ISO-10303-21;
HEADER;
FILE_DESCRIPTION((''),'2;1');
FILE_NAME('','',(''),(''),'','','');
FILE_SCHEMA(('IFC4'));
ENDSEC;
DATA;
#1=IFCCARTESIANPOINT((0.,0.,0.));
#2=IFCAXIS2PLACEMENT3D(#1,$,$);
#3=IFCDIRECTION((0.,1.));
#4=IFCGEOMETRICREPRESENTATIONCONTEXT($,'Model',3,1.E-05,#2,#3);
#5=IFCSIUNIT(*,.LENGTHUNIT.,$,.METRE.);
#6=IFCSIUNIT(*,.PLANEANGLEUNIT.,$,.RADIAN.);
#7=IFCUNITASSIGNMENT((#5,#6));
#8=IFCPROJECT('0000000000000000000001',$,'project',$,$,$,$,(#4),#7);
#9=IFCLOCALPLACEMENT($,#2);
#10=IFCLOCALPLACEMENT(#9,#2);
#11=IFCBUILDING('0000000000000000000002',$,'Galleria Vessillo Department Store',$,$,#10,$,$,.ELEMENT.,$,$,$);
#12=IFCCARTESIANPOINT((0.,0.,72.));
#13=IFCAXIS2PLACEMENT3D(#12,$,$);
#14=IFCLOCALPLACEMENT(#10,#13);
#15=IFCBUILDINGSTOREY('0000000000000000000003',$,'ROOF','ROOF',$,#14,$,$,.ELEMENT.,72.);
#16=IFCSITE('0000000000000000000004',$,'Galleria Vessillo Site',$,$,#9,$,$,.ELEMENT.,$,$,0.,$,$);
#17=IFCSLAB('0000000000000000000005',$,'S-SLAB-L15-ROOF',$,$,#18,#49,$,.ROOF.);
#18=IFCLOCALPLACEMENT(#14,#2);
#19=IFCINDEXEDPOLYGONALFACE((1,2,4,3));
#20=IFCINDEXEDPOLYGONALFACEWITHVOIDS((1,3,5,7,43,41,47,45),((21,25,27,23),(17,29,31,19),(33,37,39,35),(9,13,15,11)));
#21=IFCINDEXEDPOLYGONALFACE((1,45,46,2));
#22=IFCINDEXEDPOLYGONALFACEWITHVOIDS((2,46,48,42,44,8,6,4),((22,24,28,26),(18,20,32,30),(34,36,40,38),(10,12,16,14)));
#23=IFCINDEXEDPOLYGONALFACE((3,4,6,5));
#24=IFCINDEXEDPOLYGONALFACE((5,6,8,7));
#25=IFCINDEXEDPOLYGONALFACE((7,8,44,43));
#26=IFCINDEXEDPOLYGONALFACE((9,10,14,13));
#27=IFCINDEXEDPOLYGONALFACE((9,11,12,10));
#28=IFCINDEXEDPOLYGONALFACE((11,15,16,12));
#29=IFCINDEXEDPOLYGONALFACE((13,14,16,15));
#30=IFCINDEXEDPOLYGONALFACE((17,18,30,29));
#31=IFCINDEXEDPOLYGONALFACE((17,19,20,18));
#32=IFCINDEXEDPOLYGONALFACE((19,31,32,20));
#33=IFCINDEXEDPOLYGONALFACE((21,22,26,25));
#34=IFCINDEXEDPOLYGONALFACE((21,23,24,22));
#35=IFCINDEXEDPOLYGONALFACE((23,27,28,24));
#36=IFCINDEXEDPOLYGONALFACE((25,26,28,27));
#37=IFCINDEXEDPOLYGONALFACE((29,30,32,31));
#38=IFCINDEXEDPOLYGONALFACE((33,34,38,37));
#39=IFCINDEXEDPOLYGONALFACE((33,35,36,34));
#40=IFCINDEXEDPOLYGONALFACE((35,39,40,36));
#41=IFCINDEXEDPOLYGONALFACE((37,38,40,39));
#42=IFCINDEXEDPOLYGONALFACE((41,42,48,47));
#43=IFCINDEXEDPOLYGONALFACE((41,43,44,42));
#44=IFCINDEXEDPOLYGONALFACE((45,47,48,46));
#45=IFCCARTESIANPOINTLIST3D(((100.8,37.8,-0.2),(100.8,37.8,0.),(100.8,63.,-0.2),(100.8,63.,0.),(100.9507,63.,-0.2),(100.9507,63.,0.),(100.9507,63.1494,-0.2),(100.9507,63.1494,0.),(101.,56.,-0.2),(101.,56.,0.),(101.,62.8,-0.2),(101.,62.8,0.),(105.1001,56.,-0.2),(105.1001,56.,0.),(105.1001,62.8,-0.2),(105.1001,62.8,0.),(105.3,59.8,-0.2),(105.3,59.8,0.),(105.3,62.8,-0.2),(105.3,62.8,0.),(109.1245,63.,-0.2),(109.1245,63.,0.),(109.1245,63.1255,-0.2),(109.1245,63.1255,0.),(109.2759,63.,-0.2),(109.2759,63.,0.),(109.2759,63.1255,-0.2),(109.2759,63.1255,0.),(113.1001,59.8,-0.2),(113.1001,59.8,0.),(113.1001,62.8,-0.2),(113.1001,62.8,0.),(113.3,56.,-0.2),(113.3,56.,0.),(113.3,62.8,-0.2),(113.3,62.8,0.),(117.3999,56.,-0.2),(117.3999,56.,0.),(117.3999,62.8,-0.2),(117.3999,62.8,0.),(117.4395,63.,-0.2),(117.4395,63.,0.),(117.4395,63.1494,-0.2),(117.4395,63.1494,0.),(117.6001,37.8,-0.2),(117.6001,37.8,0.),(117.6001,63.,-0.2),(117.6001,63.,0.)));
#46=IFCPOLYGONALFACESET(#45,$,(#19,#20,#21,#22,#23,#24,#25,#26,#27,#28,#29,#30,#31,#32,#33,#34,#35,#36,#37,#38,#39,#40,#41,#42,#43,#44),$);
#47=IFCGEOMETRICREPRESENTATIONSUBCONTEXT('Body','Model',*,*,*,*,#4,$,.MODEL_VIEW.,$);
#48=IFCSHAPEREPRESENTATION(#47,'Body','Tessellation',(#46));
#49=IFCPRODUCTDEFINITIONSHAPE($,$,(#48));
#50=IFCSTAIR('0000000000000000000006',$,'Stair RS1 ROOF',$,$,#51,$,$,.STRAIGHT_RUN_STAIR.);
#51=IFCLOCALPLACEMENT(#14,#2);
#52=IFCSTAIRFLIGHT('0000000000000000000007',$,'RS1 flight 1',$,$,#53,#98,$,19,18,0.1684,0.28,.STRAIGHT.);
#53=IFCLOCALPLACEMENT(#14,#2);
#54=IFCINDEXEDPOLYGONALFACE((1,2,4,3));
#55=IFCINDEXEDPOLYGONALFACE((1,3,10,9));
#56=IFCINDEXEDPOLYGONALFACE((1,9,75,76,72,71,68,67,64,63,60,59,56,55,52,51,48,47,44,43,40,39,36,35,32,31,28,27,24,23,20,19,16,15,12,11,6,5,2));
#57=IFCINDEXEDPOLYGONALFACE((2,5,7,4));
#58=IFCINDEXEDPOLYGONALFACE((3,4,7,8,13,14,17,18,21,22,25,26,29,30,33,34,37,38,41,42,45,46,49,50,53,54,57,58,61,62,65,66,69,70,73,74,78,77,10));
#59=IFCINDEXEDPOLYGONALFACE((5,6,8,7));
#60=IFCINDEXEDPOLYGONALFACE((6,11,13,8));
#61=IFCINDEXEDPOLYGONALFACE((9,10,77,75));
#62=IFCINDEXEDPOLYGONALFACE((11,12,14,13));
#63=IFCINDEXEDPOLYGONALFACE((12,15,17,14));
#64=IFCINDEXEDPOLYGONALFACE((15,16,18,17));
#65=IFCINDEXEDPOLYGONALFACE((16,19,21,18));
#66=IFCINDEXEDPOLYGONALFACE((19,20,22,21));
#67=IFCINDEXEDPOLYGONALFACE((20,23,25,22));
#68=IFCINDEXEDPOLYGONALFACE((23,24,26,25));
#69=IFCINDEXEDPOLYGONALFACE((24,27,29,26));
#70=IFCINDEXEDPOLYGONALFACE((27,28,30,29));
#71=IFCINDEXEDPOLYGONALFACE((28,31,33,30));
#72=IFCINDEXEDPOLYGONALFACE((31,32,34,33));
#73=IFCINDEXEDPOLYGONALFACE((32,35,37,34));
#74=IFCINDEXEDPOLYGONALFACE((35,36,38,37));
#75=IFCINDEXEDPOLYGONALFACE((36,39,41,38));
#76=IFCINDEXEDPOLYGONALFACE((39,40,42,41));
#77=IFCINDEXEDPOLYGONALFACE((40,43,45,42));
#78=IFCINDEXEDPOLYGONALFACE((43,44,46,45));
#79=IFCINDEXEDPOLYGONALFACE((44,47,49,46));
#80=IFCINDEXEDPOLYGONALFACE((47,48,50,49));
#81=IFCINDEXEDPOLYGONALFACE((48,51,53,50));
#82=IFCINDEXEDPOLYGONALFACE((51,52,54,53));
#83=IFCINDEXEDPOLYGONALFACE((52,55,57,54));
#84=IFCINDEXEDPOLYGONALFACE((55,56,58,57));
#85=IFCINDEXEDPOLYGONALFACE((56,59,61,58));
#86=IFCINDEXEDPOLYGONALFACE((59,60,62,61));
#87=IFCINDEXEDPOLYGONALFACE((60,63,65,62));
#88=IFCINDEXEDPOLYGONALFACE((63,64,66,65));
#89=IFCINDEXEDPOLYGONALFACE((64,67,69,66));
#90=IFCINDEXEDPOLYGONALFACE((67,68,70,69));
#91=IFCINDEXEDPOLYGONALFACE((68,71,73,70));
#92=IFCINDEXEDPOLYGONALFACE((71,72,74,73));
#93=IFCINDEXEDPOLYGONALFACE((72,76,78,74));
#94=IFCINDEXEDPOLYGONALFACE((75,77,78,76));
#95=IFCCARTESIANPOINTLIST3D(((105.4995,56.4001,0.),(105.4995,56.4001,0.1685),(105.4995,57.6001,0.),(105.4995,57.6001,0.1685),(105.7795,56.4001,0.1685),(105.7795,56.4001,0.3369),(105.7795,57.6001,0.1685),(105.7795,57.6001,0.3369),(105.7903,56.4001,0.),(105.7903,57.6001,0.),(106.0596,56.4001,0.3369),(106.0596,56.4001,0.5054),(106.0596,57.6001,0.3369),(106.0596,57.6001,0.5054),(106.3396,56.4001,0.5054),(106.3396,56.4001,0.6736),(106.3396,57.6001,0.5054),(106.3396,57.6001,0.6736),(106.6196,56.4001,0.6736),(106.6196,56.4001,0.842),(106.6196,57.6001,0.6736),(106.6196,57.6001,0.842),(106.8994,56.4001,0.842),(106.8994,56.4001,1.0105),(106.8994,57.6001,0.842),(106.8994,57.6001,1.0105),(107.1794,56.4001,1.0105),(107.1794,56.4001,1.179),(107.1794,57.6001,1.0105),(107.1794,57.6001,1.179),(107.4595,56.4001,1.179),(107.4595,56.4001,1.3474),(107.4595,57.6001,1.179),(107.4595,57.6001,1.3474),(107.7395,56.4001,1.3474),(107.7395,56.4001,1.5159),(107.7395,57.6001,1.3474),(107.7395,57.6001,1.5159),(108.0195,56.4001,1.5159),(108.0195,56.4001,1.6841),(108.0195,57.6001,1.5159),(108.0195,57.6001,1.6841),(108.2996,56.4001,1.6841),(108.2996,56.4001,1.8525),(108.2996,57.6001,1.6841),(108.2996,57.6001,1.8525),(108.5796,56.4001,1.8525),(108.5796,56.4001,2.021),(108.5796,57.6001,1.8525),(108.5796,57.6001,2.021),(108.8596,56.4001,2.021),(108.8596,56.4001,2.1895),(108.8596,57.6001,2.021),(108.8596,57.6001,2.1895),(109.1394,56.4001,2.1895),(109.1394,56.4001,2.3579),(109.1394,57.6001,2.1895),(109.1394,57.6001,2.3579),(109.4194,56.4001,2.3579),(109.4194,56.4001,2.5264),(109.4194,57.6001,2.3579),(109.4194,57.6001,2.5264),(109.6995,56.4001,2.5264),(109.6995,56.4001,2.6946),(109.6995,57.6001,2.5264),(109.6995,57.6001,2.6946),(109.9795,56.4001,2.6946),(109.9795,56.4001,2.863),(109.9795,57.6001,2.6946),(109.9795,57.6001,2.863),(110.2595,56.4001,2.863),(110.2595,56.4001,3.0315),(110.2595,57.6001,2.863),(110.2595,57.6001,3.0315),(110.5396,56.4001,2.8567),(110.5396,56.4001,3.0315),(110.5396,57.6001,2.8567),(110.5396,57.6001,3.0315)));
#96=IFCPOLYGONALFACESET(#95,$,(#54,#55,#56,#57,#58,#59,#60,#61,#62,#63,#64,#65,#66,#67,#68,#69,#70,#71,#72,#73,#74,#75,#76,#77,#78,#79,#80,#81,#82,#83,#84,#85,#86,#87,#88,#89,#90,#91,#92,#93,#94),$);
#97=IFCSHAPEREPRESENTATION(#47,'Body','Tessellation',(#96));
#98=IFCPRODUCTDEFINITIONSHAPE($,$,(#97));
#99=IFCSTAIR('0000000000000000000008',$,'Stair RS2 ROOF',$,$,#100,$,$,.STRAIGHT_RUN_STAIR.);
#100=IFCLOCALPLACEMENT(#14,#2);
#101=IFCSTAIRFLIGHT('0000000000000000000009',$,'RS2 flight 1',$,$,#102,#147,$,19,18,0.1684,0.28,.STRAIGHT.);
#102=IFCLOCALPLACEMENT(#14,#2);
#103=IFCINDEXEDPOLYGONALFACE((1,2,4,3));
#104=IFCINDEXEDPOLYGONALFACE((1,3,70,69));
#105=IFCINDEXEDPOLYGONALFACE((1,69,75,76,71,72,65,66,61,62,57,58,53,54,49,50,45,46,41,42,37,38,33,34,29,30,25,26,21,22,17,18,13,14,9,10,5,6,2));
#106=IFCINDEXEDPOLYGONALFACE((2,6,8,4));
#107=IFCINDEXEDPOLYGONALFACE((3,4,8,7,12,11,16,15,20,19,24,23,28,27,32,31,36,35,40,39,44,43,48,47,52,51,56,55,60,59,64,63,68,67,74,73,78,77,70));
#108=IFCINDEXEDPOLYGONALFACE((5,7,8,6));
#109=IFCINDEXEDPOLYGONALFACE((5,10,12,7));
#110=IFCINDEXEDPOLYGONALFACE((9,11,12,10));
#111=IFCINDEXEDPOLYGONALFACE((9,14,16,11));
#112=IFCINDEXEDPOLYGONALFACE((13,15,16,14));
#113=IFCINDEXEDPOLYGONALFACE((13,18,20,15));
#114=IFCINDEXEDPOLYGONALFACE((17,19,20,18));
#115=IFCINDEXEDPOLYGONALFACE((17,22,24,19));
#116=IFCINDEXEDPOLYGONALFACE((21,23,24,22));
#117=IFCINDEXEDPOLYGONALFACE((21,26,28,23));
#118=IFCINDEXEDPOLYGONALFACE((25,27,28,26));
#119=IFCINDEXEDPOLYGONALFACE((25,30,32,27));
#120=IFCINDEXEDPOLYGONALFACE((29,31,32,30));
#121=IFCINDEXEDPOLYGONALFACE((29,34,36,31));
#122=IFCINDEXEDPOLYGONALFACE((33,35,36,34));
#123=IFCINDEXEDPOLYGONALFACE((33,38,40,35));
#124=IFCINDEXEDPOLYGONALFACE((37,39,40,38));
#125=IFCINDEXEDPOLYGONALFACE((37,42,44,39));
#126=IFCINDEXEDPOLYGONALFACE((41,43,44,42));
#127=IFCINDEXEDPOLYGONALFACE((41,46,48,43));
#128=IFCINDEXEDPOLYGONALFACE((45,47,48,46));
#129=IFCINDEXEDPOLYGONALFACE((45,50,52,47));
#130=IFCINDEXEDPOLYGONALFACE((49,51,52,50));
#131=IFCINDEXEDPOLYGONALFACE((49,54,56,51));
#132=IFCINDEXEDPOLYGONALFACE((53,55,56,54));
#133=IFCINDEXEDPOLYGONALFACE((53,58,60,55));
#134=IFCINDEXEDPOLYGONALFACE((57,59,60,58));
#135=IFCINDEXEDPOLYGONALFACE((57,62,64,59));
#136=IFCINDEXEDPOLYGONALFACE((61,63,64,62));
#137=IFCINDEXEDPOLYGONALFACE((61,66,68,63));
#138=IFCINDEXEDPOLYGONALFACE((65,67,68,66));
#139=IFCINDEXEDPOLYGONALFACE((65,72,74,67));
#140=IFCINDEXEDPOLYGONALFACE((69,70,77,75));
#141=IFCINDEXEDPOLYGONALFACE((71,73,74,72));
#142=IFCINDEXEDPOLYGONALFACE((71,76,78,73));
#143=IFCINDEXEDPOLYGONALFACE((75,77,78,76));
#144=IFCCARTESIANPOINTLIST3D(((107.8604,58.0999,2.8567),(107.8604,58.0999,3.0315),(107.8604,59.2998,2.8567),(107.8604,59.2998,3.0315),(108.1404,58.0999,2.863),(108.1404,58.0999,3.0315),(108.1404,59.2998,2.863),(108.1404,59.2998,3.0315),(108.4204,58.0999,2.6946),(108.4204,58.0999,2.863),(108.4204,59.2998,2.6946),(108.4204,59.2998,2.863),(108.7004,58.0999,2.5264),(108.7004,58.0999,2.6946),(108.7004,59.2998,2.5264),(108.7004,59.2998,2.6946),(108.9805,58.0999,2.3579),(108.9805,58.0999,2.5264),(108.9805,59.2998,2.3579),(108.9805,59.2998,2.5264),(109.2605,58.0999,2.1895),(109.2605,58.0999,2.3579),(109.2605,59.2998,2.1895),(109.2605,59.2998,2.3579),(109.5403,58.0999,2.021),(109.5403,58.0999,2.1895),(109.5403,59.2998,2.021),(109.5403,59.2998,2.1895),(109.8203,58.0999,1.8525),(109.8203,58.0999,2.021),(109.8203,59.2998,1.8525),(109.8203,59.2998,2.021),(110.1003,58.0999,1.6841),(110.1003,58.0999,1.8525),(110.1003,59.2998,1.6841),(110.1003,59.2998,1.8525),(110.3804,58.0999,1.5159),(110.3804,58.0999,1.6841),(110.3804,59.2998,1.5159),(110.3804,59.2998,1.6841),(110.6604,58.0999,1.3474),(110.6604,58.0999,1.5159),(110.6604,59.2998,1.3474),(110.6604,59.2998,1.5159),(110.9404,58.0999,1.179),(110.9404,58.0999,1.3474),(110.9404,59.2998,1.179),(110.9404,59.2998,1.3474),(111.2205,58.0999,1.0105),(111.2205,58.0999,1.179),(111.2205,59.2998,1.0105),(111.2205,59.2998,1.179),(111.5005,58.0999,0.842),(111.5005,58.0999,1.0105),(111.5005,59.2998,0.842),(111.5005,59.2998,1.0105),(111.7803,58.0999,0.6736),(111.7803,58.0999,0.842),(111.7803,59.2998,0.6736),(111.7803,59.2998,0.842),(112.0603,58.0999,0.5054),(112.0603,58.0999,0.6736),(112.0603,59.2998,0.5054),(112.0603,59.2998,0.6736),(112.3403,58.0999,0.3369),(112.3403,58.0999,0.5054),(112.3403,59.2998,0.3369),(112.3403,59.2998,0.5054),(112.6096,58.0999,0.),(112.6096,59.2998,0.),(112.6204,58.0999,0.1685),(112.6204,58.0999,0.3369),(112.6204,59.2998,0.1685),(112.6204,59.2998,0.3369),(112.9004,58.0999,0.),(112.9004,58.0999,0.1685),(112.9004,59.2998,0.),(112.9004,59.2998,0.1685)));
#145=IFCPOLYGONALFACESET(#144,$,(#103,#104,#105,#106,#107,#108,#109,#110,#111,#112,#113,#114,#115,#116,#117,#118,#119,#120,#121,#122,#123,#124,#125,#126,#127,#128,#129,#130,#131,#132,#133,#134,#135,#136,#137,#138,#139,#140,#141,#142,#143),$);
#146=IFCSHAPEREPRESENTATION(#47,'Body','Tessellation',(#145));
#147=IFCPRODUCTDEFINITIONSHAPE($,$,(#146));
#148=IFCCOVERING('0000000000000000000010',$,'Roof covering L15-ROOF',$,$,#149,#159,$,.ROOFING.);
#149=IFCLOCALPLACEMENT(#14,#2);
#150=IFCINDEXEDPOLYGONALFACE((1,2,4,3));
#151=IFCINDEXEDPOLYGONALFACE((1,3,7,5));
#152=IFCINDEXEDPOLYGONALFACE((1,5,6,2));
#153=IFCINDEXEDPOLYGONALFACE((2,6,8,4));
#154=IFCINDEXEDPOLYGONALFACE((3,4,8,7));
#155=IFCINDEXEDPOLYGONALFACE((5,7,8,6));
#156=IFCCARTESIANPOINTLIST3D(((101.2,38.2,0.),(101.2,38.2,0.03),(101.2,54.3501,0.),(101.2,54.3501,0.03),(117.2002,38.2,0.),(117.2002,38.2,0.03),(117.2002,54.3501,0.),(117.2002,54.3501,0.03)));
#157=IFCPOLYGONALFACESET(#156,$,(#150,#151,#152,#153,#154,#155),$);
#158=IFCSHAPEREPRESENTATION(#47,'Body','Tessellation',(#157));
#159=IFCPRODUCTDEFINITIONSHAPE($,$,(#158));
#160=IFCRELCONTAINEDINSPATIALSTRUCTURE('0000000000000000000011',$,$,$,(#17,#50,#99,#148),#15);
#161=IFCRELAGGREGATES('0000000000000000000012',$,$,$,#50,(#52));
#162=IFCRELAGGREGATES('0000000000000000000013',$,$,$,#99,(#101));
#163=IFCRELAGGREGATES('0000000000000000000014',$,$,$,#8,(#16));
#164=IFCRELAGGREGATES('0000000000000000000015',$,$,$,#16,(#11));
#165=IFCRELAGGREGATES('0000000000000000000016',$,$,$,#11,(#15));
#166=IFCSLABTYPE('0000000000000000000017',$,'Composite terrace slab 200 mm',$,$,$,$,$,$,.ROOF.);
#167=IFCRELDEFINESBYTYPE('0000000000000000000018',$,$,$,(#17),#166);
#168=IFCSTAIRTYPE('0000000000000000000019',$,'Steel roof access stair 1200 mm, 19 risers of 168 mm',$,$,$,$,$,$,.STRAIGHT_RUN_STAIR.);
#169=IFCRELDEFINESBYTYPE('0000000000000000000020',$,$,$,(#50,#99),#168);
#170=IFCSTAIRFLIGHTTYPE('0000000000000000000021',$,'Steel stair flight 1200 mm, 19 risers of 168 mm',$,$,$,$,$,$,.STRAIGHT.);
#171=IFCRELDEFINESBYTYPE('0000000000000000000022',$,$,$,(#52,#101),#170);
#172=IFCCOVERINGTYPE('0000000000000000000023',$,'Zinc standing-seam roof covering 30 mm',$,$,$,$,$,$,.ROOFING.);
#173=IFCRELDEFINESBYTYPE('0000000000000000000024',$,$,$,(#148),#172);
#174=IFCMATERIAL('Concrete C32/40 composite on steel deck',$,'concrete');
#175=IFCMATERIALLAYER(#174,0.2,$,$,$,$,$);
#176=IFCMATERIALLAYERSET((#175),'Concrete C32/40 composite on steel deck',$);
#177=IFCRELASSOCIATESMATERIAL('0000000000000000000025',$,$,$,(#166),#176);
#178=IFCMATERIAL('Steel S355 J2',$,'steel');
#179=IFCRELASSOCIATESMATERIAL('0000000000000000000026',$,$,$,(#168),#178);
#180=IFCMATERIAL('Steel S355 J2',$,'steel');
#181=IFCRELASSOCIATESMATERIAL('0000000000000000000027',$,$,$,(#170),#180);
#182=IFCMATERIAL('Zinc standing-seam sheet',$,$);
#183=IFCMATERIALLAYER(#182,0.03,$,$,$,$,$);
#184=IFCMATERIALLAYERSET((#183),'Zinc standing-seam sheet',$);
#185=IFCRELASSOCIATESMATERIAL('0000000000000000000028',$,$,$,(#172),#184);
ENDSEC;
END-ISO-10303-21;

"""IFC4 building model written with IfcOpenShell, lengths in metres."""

from ifc_helpers import new_model, si_unit, direction, frame, origin, place, context, subcontext, project, spatial, polyline, outline, extrude, material, layer, layer_set, type_object, element, aggregate, save


model = new_model("IFC4")

# Units and contexts
model_context = context("Model", 3, precision=1e-05, world=origin(), true_north=direction((0.0, 1.0)))
body_context = subcontext(model_context, "Body", "Model", "MODEL_VIEW")
ifc_project = project(units=[si_unit("LENGTHUNIT", "METRE"), si_unit("PLANEANGLEUNIT", "RADIAN")], contexts=[model_context])

# Site, building, storey
site_placement = place(None, origin())
site = spatial("IfcSite", under=ifc_project, at=site_placement, Name="Galleria Vessillo Site", CompositionType="ELEMENT", RefElevation=0.0)
building_placement = place(site_placement, origin())
building = spatial("IfcBuilding", under=site, at=building_placement, Name="Galleria Vessillo Department Store", CompositionType="ELEMENT")
storey_placement = place(building_placement, frame((0.0, 0.0, 72.0)))
storey = spatial("IfcBuildingStorey", under=building, at=storey_placement, Name="ROOF", Description="ROOF", CompositionType="ELEMENT", Elevation=72.0)

# Slab
ifc_material_1 = material(Name="Concrete C32/40 composite on steel deck", Category="concrete")
ifc_layer_1 = layer(ifc_material_1, 0.2)
ifc_layer_set_1 = layer_set([ifc_layer_1], Name="Concrete C32/40 composite on steel deck")
slab_type = type_object("IfcSlabType", Name="Composite terrace slab 200 mm", PredefinedType="ROOF", material=ifc_layer_set_1)
slab_placement = place(storey_placement, frame((0.0, 0.0, -0.2)))
element("IfcSlab", 1, at=slab_placement, inside=storey, type_object=slab_type, Name="S-SLAB-L15-ROOF", PredefinedType="ROOF", context=body_context, shape_type="SweptSolid", body=[
    extrude(outline(polyline([(117.6001, 37.8), (117.6001, 63.0), (117.4395, 63.0), (117.4395, 63.1494), (100.9507, 63.1494), (100.9507, 63.0), (100.8, 63.0), (100.8, 37.8), (117.6001, 37.8)]), holes=[polyline([(117.3999, 62.8), (113.3, 62.8), (113.3, 56.0), (117.3999, 56.0), (117.3999, 62.8)]), polyline([(113.1001, 62.8), (105.3, 62.8), (105.3, 59.8), (113.1001, 59.8), (113.1001, 62.8)]), polyline([(109.2759, 63.0), (109.2759, 63.1255), (109.1245, 63.1255), (109.1245, 63.0), (109.2759, 63.0)]), polyline([(105.1001, 62.8), (101.0, 62.8), (101.0, 56.0), (105.1001, 56.0), (105.1001, 62.8)])]), origin(), (0.0, 0.0, 1.0), 0.2),
])

# Stairs, stair flights
ifc_material_2 = material(Name="Steel S355 J2", Category="steel")
stair_type = type_object("IfcStairType", Name="Steel roof access stair 1200 mm, 19 risers of 168 mm", PredefinedType="STRAIGHT_RUN_STAIR", material=ifc_material_2)
stair_1_placement = place(storey_placement, origin())
stair_1 = element("IfcStair", 2, at=stair_1_placement, inside=storey, type_object=stair_type, Name="Stair RS1 ROOF", PredefinedType="STRAIGHT_RUN_STAIR")
ifc_material_3 = material(Name="Steel S355 J2", Category="steel")
stair_flight_type = type_object("IfcStairFlightType", Name="Steel stair flight 1200 mm, 19 risers of 168 mm", PredefinedType="STRAIGHT", material=ifc_material_3)
stair_flight_1_placement = place(storey_placement, frame((105.4995, 57.0, 0.0), z_axis=(0.0, 0.0, 1.0), x_axis=(1.0, 0.0, 0.0)))
stair_flight_1 = element("IfcStairFlight", 3, at=stair_flight_1_placement, type_object=stair_flight_type, Name="RS1 flight 1", NumberOfRisers=19, NumberOfTreads=18, PredefinedType="STRAIGHT", RiserHeight=0.1684, TreadLength=0.28, context=body_context, shape_type="SweptSolid", body=[
    extrude(outline(polyline([(0.0, 0.0), (0.0, 0.1685), (0.28, 0.1685), (0.28, 0.3369), (0.5601, 0.3369), (0.5601, 0.5054), (0.8401, 0.5054), (0.8401, 0.6736), (1.1201, 0.6736), (1.1201, 0.842), (1.3999, 0.842), (1.3999, 1.0105), (1.6799, 1.0105), (1.6799, 1.179), (1.96, 1.179), (1.96, 1.3474), (2.24, 1.3474), (2.24, 1.5159), (2.52, 1.5159), (2.52, 1.6841), (2.8, 1.6841), (2.8, 1.8525), (3.0801, 1.8525), (3.0801, 2.021), (3.3601, 2.021), (3.3601, 2.1895), (3.6399, 2.1895), (3.6399, 2.3579), (3.9199, 2.3579), (3.9199, 2.5264), (4.2, 2.5264), (4.2, 2.6946), (4.48, 2.6946), (4.48, 2.863), (4.76, 2.863), (4.76, 3.0315), (5.04, 3.0315), (5.04, 3.2), (5.04, 2.8567), (0.2908, 0.0), (0.0, 0.0)])), frame((0.0, 0.6001, 0.0), z_axis=(0.0, -1.0, 0.0), x_axis=(1.0, 0.0, 0.0)), (0.0, 0.0, 1.0), 1.2),
])
aggregate(stair_1, [stair_flight_1])
stair_2_placement = place(storey_placement, origin())
stair_2 = element("IfcStair", 4, at=stair_2_placement, inside=storey, type_object=stair_type, Name="Stair RS2 ROOF", PredefinedType="STRAIGHT_RUN_STAIR")
stair_flight_2_placement = place(storey_placement, frame((112.9004, 58.7, 0.0), z_axis=(0.0, 0.0, 1.0), x_axis=(-1.0, 0.0, 0.0)))
stair_flight_2 = element("IfcStairFlight", 5, at=stair_flight_2_placement, type_object=stair_flight_type, Name="RS2 flight 1", NumberOfRisers=19, NumberOfTreads=18, PredefinedType="STRAIGHT", RiserHeight=0.1684, TreadLength=0.28, context=body_context, shape_type="SweptSolid", body=[
    extrude(outline(polyline([(0.0, 0.0), (0.0, 0.1685), (0.28, 0.1685), (0.28, 0.3369), (0.5601, 0.3369), (0.5601, 0.5054), (0.8401, 0.5054), (0.8401, 0.6736), (1.1201, 0.6736), (1.1201, 0.842), (1.3999, 0.842), (1.3999, 1.0105), (1.6799, 1.0105), (1.6799, 1.179), (1.96, 1.179), (1.96, 1.3474), (2.24, 1.3474), (2.24, 1.5159), (2.52, 1.5159), (2.52, 1.6841), (2.8, 1.6841), (2.8, 1.8525), (3.0801, 1.8525), (3.0801, 2.021), (3.3601, 2.021), (3.3601, 2.1895), (3.6399, 2.1895), (3.6399, 2.3579), (3.9199, 2.3579), (3.9199, 2.5264), (4.2, 2.5264), (4.2, 2.6946), (4.48, 2.6946), (4.48, 2.863), (4.76, 2.863), (4.76, 3.0315), (5.04, 3.0315), (5.04, 3.2), (5.04, 2.8567), (0.2908, 0.0), (0.0, 0.0)])), frame((0.0, 0.6001, 0.0), z_axis=(0.0, -1.0, 0.0), x_axis=(1.0, 0.0, 0.0)), (0.0, 0.0, 1.0), 1.2),
])
aggregate(stair_2, [stair_flight_2])

# Covering
ifc_material_4 = material(Name="Zinc standing-seam sheet")
ifc_layer_2 = layer(ifc_material_4, 0.03)
ifc_layer_set_2 = layer_set([ifc_layer_2], Name="Zinc standing-seam sheet")
covering_type = type_object("IfcCoveringType", Name="Zinc standing-seam roof covering 30 mm", PredefinedType="ROOFING", material=ifc_layer_set_2)
covering_placement = place(storey_placement, origin())
element("IfcCovering", 6, at=covering_placement, inside=storey, type_object=covering_type, Name="Roof covering L15-ROOF", PredefinedType="ROOFING", context=body_context, shape_type="SweptSolid", body=[
    extrude(outline(polyline([(117.2002, 38.2), (101.2, 38.2), (101.2, 54.3501), (117.2002, 54.3501), (117.2002, 38.2)])), origin(), (0.0, 0.0, 1.0), 0.03),
])

save(model, "model.ifc")
